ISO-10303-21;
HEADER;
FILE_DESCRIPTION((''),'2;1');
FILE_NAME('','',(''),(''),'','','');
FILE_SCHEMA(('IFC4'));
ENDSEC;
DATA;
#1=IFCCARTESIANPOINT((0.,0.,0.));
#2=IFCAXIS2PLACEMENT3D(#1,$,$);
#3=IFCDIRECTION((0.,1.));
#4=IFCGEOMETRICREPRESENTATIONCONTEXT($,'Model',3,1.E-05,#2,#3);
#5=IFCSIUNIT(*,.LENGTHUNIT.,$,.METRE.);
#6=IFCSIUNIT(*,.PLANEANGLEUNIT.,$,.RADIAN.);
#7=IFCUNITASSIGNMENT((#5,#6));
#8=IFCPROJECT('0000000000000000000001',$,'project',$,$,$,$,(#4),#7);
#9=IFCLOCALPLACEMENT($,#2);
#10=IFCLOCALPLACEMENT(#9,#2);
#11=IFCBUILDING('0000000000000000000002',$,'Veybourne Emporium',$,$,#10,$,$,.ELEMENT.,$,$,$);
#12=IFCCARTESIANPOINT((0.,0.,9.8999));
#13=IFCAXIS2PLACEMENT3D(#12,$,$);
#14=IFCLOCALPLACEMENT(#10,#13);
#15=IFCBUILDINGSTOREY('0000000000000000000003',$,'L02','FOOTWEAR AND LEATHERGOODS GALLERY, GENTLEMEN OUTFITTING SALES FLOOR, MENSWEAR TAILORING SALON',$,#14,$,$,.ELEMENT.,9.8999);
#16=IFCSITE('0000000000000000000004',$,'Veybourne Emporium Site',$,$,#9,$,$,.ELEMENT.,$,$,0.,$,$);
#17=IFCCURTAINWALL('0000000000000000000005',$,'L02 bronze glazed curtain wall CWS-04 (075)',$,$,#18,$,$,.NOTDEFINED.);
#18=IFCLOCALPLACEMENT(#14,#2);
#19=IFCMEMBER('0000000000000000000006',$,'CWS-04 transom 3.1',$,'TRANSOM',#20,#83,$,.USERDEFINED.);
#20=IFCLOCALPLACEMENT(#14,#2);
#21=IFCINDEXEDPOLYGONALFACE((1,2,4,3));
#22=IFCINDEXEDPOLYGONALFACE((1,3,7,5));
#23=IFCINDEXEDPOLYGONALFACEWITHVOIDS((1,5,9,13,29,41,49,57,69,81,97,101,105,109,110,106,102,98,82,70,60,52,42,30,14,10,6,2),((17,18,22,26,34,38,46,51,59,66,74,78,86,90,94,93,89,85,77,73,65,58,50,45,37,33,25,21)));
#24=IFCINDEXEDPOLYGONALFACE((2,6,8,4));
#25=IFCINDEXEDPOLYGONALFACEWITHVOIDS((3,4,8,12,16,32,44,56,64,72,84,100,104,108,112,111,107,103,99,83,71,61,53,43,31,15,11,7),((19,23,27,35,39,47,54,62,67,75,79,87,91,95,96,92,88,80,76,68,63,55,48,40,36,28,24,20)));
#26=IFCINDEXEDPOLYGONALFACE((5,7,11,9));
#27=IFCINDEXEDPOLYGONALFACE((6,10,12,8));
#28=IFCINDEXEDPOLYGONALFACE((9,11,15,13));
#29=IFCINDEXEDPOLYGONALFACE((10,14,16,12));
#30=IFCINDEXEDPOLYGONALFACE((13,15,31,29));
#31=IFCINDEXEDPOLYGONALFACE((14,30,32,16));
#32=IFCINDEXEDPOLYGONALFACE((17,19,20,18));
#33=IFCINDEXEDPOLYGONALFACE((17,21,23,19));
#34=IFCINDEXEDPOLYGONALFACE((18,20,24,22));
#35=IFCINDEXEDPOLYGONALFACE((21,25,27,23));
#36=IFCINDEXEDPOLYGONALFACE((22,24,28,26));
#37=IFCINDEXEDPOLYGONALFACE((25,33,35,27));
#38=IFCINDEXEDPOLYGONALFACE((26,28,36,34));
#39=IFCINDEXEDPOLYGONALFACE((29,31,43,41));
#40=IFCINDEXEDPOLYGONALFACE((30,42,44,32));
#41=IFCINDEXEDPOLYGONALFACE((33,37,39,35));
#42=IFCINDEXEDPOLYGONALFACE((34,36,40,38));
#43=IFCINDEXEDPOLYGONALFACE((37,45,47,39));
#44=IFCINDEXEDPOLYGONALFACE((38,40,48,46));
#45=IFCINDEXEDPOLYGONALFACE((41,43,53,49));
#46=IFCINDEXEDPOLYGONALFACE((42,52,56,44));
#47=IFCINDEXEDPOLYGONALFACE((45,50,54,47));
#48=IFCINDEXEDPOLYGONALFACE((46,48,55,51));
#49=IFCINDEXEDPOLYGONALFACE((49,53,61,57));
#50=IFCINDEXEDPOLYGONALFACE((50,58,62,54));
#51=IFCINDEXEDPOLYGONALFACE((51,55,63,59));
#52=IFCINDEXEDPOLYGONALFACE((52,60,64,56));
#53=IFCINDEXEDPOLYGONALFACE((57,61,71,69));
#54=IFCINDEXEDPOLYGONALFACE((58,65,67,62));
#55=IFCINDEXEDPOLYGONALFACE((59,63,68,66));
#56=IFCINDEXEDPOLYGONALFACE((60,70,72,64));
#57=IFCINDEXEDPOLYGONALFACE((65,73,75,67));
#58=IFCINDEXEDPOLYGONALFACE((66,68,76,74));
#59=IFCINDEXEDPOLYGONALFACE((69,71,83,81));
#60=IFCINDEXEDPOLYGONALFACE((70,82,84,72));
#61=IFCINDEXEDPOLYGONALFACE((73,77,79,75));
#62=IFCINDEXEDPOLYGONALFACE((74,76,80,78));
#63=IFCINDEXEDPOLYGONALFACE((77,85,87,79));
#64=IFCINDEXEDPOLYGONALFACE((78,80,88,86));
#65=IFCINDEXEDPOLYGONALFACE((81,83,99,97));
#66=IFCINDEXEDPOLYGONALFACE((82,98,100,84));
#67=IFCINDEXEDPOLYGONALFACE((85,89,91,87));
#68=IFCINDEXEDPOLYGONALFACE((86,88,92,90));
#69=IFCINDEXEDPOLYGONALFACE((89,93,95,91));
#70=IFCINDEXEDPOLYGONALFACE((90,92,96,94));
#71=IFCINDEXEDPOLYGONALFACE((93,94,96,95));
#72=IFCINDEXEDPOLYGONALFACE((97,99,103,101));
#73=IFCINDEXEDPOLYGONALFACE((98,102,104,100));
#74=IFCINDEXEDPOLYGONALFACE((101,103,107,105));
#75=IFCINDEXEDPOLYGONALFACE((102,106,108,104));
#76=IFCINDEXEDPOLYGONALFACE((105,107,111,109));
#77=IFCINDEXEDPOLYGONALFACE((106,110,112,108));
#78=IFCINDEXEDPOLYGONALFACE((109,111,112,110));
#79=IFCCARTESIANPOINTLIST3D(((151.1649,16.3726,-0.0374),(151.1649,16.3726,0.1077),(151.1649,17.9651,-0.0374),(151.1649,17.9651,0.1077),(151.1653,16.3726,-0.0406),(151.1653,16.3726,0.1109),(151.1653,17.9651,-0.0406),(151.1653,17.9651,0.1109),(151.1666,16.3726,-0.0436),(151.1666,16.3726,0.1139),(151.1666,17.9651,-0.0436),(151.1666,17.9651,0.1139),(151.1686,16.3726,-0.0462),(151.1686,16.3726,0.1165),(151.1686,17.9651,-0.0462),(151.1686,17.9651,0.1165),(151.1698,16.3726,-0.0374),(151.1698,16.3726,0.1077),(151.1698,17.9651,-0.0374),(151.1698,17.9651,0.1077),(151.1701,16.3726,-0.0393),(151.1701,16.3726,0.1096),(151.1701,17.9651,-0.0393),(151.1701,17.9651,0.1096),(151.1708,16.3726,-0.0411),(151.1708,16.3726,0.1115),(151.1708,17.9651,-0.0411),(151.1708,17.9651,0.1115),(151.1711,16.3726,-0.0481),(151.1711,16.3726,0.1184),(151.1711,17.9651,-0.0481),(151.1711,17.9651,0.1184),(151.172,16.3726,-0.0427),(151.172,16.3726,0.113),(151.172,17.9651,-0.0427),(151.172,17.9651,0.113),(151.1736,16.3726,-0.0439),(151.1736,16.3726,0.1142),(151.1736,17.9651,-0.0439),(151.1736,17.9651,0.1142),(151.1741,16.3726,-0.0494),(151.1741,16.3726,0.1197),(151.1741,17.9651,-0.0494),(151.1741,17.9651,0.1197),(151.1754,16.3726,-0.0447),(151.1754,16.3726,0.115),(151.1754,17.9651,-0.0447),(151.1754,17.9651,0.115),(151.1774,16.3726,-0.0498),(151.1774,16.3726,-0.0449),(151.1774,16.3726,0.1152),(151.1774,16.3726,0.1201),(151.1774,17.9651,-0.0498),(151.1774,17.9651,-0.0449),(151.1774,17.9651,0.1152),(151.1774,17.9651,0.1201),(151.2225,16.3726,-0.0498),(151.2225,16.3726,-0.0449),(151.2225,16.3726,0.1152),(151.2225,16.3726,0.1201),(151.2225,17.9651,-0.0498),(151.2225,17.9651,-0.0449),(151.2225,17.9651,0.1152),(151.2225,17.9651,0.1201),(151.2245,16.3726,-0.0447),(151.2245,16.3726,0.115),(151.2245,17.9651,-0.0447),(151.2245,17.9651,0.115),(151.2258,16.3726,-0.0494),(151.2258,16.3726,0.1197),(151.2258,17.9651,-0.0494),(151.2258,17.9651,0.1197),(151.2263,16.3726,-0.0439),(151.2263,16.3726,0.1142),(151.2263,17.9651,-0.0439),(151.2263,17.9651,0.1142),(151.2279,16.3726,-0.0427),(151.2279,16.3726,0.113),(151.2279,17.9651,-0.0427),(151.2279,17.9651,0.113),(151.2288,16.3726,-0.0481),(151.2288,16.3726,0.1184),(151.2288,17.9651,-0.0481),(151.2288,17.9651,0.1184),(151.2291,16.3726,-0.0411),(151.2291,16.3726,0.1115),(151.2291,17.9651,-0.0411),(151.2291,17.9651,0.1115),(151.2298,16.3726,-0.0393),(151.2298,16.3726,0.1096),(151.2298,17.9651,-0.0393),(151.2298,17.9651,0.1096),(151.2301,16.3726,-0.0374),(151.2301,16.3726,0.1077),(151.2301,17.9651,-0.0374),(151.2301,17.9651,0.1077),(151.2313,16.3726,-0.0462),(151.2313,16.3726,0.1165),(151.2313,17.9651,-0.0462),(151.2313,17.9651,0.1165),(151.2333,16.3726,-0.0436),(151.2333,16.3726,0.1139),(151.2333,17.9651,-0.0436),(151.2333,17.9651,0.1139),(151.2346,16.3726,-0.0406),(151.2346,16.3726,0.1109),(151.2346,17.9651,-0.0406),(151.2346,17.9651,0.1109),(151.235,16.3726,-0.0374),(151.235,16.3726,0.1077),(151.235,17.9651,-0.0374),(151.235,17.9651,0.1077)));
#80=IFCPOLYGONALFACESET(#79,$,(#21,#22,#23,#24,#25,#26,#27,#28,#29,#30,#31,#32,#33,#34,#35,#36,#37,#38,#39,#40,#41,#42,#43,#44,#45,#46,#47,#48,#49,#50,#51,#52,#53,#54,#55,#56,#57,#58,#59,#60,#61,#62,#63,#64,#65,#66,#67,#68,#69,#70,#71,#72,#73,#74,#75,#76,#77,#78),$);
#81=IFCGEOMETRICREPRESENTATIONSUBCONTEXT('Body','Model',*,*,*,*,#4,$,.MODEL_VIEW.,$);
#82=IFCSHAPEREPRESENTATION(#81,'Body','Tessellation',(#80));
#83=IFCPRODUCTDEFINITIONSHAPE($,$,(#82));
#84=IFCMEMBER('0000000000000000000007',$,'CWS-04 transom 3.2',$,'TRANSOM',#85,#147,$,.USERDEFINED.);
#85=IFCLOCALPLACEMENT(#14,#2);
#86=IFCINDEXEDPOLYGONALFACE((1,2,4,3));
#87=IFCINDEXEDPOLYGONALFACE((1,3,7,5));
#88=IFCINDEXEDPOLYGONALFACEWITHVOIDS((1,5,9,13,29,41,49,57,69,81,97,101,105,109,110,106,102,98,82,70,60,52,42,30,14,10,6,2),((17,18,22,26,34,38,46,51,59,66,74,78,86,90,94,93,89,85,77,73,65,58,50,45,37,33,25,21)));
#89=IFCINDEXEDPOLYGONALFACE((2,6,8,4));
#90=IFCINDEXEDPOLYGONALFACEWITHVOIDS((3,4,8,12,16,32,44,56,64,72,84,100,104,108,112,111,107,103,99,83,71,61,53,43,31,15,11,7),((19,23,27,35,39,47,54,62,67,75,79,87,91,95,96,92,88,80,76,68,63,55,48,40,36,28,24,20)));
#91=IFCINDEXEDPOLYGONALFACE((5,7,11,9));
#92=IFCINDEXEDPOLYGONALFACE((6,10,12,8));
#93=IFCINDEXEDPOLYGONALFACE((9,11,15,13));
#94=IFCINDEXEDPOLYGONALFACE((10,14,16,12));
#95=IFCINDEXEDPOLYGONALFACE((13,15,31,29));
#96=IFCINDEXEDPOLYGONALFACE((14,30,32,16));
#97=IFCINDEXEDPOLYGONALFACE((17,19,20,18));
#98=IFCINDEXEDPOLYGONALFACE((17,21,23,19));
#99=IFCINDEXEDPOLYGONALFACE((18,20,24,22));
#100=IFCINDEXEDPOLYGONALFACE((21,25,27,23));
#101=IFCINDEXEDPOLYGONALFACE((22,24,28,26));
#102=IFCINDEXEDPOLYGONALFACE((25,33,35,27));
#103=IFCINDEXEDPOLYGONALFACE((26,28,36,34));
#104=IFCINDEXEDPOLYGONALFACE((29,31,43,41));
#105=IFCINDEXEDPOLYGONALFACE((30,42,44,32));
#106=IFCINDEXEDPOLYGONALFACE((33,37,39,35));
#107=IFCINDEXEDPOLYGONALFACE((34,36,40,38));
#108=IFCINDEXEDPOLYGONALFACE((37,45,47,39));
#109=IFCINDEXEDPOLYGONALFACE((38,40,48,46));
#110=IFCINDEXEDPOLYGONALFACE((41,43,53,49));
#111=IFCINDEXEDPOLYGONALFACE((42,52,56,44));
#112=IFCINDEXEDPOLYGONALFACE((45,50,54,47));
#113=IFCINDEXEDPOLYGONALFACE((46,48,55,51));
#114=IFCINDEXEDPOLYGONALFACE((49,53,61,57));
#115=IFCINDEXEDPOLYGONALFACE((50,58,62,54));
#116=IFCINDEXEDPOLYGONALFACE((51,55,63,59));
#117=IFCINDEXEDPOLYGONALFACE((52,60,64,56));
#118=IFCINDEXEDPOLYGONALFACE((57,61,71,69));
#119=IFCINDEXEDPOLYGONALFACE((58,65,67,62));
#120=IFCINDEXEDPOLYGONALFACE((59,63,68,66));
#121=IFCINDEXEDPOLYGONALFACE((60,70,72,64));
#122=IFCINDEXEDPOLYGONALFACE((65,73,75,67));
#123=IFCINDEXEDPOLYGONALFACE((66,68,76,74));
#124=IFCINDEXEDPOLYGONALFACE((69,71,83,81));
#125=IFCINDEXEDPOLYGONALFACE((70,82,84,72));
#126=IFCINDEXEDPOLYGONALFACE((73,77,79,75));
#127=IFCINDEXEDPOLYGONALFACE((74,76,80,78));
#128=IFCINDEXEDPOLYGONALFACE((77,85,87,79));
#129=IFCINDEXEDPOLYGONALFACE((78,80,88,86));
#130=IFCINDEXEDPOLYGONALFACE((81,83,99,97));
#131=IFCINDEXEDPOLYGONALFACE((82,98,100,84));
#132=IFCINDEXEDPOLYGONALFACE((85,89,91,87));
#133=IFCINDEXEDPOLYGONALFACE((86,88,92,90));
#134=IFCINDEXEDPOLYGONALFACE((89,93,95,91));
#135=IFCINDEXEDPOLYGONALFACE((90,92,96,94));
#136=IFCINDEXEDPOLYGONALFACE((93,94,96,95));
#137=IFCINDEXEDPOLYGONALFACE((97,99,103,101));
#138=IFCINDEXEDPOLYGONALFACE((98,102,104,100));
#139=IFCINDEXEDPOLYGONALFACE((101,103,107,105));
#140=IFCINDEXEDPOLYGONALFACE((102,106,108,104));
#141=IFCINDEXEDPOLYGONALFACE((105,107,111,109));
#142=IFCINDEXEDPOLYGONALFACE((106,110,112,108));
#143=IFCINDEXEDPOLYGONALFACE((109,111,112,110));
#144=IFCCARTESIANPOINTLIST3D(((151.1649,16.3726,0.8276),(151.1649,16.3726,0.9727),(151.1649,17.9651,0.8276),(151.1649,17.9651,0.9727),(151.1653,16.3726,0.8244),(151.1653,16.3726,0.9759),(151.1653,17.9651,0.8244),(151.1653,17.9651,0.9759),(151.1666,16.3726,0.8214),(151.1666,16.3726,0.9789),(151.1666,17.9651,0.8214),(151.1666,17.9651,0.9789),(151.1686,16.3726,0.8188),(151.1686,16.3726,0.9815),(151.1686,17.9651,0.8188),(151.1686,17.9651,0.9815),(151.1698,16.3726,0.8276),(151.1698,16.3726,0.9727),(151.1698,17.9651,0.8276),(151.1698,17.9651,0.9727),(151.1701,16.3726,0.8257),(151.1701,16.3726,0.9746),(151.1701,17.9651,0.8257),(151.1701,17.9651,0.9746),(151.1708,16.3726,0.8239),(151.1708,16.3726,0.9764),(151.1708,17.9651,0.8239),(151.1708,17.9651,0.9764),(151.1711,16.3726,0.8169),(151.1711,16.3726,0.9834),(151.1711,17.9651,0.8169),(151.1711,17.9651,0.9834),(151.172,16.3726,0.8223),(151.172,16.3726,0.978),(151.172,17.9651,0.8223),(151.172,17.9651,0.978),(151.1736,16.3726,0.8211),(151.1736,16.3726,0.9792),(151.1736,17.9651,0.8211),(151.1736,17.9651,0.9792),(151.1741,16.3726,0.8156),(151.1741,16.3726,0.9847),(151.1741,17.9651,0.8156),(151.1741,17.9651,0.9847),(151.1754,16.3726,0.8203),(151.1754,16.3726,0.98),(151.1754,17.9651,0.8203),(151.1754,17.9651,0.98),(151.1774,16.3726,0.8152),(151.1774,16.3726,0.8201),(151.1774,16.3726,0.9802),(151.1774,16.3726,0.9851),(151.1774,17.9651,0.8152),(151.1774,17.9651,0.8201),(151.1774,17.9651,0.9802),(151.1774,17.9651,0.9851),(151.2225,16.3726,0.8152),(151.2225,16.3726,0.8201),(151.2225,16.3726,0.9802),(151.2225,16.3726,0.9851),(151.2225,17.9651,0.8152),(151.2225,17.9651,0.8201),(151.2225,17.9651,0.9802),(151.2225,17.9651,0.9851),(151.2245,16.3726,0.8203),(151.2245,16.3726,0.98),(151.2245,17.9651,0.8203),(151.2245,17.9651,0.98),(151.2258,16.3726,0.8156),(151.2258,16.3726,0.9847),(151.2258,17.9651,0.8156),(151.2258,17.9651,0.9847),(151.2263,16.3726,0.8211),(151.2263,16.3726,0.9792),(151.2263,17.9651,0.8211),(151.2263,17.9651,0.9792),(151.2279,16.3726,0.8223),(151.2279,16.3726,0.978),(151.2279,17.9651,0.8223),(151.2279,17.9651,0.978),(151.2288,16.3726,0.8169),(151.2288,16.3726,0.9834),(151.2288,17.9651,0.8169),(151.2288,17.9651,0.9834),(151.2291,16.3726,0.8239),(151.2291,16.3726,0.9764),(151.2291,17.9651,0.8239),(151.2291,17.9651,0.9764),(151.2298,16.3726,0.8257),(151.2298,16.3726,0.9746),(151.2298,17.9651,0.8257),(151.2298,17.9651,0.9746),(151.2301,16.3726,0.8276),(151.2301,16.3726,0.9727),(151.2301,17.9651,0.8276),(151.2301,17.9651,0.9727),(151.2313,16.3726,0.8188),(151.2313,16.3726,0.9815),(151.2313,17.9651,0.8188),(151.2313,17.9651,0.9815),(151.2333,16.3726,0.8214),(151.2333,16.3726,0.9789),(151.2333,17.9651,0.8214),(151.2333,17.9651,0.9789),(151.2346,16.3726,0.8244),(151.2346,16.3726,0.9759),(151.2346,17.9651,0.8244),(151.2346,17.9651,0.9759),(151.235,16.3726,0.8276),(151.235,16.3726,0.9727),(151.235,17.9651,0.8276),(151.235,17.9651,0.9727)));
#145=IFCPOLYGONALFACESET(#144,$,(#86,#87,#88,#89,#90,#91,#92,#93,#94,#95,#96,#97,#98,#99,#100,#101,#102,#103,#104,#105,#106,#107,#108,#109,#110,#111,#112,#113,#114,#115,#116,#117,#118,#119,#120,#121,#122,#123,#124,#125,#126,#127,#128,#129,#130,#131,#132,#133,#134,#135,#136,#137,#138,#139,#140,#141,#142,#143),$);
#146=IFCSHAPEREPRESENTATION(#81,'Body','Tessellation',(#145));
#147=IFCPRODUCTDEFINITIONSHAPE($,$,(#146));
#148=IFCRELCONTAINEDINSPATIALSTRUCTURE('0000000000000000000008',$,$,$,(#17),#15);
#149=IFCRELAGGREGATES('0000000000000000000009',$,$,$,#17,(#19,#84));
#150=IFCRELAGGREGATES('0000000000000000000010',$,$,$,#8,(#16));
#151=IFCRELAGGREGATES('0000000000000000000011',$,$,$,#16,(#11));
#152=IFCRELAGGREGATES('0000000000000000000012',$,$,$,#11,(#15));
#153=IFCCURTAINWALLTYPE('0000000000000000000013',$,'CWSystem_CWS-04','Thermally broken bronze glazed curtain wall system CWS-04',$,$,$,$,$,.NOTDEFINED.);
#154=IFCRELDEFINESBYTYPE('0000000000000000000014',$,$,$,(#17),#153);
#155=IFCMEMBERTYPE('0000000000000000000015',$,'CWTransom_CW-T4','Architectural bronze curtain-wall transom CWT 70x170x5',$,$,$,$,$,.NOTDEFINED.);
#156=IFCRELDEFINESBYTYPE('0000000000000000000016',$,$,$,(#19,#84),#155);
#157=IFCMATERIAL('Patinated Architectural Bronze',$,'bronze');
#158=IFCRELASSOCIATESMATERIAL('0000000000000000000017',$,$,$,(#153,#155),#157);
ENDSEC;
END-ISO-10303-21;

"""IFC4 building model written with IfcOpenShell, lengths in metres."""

from ifc_helpers import new_model, si_unit, direction, frame, origin, origin_2d, place, context, subcontext, project, spatial, hollow_rectangle, extrude, material, material_profile, profile_set, type_object, element, aggregate, save


model = new_model("IFC4")

# Units and contexts
model_context = context("Model", 3, precision=1e-05, world=origin(), true_north=direction((0.0, 1.0)))
body_context = subcontext(model_context, "Body", "Model", "MODEL_VIEW")
ifc_project = project(units=[si_unit("LENGTHUNIT", "METRE"), si_unit("PLANEANGLEUNIT", "RADIAN")], contexts=[model_context])

# Site, building, storey
site_placement = place(None, origin())
site = spatial("IfcSite", under=ifc_project, at=site_placement, Name="Veybourne Emporium Site", CompositionType="ELEMENT", RefElevation=0.0)
building_placement = place(site_placement, origin())
building = spatial("IfcBuilding", under=site, at=building_placement, Name="Veybourne Emporium", CompositionType="ELEMENT")
storey_placement = place(building_placement, frame((0.0, 0.0, 9.8999)))
storey = spatial("IfcBuildingStorey", under=building, at=storey_placement, Name="L02", Description="FOOTWEAR AND LEATHERGOODS GALLERY, GENTLEMEN OUTFITTING SALES FLOOR, MENSWEAR TAILORING SALON", CompositionType="ELEMENT", Elevation=9.8999)

# Curtain wall, members
ifc_material_1 = material(Name="Patinated Architectural Bronze", Category="bronze")
curtain_wall_type = type_object("IfcCurtainWallType", Name="CWSystem_CWS-04", Description="Thermally broken bronze glazed curtain wall system CWS-04", PredefinedType="NOTDEFINED", material=ifc_material_1)
curtain_wall_placement = place(storey_placement, origin())
curtain_wall = element("IfcCurtainWall", 1, at=curtain_wall_placement, inside=storey, type_object=curtain_wall_type, Name="L02 bronze glazed curtain wall CWS-04 (075)", PredefinedType="NOTDEFINED")
ifc_material_profile_1 = material_profile(ifc_material_1, hollow_rectangle(XDim=0.0701, YDim=0.1699, WallThickness=0.0049, InnerFilletRadius=0.0076, OuterFilletRadius=0.0125, at=origin_2d()), Name="CWT 70x170x5")
ifc_profile_set_1 = profile_set([ifc_material_profile_1], Name="Patinated Architectural Bronze")
member_type_1 = type_object("IfcMemberType", Name="CWTransom_CW-T4", Description="Architectural bronze curtain-wall transom CWT 70x170x5", PredefinedType="NOTDEFINED", material=ifc_profile_set_1)
member_1_placement = place(storey_placement, frame((151.2, 17.9651, 0.0352), z_axis=(0.0, -1.0, 0.0), x_axis=(1.0, 0.0, 0.0)))
member_1 = element("IfcMember", 2, at=member_1_placement, type_object=member_type_1, Name="CWS-04 transom 3.1", ObjectType="TRANSOM", PredefinedType="USERDEFINED", context=body_context, shape_type="SweptSolid", body=[
    extrude(hollow_rectangle(XDim=0.0701, YDim=0.1699, WallThickness=0.0049, InnerFilletRadius=0.0076, OuterFilletRadius=0.0125, at=origin_2d()), origin(), (0.0, 0.0, 1.0), 1.5925),
])
member_2_placement = place(storey_placement, frame((151.2, 17.9651, 0.9001), z_axis=(0.0, -1.0, 0.0), x_axis=(1.0, 0.0, 0.0)))
member_2 = element("IfcMember", 3, at=member_2_placement, type_object=member_type_1, Name="CWS-04 transom 3.2", ObjectType="TRANSOM", PredefinedType="USERDEFINED", context=body_context, shape_type="SweptSolid", body=[
    extrude(hollow_rectangle(XDim=0.0701, YDim=0.1699, WallThickness=0.0049, InnerFilletRadius=0.0076, OuterFilletRadius=0.0125, at=origin_2d()), origin(), (0.0, 0.0, 1.0), 1.5925),
])
aggregate(curtain_wall, [member_1, member_2])

save(model, "model.ifc")
